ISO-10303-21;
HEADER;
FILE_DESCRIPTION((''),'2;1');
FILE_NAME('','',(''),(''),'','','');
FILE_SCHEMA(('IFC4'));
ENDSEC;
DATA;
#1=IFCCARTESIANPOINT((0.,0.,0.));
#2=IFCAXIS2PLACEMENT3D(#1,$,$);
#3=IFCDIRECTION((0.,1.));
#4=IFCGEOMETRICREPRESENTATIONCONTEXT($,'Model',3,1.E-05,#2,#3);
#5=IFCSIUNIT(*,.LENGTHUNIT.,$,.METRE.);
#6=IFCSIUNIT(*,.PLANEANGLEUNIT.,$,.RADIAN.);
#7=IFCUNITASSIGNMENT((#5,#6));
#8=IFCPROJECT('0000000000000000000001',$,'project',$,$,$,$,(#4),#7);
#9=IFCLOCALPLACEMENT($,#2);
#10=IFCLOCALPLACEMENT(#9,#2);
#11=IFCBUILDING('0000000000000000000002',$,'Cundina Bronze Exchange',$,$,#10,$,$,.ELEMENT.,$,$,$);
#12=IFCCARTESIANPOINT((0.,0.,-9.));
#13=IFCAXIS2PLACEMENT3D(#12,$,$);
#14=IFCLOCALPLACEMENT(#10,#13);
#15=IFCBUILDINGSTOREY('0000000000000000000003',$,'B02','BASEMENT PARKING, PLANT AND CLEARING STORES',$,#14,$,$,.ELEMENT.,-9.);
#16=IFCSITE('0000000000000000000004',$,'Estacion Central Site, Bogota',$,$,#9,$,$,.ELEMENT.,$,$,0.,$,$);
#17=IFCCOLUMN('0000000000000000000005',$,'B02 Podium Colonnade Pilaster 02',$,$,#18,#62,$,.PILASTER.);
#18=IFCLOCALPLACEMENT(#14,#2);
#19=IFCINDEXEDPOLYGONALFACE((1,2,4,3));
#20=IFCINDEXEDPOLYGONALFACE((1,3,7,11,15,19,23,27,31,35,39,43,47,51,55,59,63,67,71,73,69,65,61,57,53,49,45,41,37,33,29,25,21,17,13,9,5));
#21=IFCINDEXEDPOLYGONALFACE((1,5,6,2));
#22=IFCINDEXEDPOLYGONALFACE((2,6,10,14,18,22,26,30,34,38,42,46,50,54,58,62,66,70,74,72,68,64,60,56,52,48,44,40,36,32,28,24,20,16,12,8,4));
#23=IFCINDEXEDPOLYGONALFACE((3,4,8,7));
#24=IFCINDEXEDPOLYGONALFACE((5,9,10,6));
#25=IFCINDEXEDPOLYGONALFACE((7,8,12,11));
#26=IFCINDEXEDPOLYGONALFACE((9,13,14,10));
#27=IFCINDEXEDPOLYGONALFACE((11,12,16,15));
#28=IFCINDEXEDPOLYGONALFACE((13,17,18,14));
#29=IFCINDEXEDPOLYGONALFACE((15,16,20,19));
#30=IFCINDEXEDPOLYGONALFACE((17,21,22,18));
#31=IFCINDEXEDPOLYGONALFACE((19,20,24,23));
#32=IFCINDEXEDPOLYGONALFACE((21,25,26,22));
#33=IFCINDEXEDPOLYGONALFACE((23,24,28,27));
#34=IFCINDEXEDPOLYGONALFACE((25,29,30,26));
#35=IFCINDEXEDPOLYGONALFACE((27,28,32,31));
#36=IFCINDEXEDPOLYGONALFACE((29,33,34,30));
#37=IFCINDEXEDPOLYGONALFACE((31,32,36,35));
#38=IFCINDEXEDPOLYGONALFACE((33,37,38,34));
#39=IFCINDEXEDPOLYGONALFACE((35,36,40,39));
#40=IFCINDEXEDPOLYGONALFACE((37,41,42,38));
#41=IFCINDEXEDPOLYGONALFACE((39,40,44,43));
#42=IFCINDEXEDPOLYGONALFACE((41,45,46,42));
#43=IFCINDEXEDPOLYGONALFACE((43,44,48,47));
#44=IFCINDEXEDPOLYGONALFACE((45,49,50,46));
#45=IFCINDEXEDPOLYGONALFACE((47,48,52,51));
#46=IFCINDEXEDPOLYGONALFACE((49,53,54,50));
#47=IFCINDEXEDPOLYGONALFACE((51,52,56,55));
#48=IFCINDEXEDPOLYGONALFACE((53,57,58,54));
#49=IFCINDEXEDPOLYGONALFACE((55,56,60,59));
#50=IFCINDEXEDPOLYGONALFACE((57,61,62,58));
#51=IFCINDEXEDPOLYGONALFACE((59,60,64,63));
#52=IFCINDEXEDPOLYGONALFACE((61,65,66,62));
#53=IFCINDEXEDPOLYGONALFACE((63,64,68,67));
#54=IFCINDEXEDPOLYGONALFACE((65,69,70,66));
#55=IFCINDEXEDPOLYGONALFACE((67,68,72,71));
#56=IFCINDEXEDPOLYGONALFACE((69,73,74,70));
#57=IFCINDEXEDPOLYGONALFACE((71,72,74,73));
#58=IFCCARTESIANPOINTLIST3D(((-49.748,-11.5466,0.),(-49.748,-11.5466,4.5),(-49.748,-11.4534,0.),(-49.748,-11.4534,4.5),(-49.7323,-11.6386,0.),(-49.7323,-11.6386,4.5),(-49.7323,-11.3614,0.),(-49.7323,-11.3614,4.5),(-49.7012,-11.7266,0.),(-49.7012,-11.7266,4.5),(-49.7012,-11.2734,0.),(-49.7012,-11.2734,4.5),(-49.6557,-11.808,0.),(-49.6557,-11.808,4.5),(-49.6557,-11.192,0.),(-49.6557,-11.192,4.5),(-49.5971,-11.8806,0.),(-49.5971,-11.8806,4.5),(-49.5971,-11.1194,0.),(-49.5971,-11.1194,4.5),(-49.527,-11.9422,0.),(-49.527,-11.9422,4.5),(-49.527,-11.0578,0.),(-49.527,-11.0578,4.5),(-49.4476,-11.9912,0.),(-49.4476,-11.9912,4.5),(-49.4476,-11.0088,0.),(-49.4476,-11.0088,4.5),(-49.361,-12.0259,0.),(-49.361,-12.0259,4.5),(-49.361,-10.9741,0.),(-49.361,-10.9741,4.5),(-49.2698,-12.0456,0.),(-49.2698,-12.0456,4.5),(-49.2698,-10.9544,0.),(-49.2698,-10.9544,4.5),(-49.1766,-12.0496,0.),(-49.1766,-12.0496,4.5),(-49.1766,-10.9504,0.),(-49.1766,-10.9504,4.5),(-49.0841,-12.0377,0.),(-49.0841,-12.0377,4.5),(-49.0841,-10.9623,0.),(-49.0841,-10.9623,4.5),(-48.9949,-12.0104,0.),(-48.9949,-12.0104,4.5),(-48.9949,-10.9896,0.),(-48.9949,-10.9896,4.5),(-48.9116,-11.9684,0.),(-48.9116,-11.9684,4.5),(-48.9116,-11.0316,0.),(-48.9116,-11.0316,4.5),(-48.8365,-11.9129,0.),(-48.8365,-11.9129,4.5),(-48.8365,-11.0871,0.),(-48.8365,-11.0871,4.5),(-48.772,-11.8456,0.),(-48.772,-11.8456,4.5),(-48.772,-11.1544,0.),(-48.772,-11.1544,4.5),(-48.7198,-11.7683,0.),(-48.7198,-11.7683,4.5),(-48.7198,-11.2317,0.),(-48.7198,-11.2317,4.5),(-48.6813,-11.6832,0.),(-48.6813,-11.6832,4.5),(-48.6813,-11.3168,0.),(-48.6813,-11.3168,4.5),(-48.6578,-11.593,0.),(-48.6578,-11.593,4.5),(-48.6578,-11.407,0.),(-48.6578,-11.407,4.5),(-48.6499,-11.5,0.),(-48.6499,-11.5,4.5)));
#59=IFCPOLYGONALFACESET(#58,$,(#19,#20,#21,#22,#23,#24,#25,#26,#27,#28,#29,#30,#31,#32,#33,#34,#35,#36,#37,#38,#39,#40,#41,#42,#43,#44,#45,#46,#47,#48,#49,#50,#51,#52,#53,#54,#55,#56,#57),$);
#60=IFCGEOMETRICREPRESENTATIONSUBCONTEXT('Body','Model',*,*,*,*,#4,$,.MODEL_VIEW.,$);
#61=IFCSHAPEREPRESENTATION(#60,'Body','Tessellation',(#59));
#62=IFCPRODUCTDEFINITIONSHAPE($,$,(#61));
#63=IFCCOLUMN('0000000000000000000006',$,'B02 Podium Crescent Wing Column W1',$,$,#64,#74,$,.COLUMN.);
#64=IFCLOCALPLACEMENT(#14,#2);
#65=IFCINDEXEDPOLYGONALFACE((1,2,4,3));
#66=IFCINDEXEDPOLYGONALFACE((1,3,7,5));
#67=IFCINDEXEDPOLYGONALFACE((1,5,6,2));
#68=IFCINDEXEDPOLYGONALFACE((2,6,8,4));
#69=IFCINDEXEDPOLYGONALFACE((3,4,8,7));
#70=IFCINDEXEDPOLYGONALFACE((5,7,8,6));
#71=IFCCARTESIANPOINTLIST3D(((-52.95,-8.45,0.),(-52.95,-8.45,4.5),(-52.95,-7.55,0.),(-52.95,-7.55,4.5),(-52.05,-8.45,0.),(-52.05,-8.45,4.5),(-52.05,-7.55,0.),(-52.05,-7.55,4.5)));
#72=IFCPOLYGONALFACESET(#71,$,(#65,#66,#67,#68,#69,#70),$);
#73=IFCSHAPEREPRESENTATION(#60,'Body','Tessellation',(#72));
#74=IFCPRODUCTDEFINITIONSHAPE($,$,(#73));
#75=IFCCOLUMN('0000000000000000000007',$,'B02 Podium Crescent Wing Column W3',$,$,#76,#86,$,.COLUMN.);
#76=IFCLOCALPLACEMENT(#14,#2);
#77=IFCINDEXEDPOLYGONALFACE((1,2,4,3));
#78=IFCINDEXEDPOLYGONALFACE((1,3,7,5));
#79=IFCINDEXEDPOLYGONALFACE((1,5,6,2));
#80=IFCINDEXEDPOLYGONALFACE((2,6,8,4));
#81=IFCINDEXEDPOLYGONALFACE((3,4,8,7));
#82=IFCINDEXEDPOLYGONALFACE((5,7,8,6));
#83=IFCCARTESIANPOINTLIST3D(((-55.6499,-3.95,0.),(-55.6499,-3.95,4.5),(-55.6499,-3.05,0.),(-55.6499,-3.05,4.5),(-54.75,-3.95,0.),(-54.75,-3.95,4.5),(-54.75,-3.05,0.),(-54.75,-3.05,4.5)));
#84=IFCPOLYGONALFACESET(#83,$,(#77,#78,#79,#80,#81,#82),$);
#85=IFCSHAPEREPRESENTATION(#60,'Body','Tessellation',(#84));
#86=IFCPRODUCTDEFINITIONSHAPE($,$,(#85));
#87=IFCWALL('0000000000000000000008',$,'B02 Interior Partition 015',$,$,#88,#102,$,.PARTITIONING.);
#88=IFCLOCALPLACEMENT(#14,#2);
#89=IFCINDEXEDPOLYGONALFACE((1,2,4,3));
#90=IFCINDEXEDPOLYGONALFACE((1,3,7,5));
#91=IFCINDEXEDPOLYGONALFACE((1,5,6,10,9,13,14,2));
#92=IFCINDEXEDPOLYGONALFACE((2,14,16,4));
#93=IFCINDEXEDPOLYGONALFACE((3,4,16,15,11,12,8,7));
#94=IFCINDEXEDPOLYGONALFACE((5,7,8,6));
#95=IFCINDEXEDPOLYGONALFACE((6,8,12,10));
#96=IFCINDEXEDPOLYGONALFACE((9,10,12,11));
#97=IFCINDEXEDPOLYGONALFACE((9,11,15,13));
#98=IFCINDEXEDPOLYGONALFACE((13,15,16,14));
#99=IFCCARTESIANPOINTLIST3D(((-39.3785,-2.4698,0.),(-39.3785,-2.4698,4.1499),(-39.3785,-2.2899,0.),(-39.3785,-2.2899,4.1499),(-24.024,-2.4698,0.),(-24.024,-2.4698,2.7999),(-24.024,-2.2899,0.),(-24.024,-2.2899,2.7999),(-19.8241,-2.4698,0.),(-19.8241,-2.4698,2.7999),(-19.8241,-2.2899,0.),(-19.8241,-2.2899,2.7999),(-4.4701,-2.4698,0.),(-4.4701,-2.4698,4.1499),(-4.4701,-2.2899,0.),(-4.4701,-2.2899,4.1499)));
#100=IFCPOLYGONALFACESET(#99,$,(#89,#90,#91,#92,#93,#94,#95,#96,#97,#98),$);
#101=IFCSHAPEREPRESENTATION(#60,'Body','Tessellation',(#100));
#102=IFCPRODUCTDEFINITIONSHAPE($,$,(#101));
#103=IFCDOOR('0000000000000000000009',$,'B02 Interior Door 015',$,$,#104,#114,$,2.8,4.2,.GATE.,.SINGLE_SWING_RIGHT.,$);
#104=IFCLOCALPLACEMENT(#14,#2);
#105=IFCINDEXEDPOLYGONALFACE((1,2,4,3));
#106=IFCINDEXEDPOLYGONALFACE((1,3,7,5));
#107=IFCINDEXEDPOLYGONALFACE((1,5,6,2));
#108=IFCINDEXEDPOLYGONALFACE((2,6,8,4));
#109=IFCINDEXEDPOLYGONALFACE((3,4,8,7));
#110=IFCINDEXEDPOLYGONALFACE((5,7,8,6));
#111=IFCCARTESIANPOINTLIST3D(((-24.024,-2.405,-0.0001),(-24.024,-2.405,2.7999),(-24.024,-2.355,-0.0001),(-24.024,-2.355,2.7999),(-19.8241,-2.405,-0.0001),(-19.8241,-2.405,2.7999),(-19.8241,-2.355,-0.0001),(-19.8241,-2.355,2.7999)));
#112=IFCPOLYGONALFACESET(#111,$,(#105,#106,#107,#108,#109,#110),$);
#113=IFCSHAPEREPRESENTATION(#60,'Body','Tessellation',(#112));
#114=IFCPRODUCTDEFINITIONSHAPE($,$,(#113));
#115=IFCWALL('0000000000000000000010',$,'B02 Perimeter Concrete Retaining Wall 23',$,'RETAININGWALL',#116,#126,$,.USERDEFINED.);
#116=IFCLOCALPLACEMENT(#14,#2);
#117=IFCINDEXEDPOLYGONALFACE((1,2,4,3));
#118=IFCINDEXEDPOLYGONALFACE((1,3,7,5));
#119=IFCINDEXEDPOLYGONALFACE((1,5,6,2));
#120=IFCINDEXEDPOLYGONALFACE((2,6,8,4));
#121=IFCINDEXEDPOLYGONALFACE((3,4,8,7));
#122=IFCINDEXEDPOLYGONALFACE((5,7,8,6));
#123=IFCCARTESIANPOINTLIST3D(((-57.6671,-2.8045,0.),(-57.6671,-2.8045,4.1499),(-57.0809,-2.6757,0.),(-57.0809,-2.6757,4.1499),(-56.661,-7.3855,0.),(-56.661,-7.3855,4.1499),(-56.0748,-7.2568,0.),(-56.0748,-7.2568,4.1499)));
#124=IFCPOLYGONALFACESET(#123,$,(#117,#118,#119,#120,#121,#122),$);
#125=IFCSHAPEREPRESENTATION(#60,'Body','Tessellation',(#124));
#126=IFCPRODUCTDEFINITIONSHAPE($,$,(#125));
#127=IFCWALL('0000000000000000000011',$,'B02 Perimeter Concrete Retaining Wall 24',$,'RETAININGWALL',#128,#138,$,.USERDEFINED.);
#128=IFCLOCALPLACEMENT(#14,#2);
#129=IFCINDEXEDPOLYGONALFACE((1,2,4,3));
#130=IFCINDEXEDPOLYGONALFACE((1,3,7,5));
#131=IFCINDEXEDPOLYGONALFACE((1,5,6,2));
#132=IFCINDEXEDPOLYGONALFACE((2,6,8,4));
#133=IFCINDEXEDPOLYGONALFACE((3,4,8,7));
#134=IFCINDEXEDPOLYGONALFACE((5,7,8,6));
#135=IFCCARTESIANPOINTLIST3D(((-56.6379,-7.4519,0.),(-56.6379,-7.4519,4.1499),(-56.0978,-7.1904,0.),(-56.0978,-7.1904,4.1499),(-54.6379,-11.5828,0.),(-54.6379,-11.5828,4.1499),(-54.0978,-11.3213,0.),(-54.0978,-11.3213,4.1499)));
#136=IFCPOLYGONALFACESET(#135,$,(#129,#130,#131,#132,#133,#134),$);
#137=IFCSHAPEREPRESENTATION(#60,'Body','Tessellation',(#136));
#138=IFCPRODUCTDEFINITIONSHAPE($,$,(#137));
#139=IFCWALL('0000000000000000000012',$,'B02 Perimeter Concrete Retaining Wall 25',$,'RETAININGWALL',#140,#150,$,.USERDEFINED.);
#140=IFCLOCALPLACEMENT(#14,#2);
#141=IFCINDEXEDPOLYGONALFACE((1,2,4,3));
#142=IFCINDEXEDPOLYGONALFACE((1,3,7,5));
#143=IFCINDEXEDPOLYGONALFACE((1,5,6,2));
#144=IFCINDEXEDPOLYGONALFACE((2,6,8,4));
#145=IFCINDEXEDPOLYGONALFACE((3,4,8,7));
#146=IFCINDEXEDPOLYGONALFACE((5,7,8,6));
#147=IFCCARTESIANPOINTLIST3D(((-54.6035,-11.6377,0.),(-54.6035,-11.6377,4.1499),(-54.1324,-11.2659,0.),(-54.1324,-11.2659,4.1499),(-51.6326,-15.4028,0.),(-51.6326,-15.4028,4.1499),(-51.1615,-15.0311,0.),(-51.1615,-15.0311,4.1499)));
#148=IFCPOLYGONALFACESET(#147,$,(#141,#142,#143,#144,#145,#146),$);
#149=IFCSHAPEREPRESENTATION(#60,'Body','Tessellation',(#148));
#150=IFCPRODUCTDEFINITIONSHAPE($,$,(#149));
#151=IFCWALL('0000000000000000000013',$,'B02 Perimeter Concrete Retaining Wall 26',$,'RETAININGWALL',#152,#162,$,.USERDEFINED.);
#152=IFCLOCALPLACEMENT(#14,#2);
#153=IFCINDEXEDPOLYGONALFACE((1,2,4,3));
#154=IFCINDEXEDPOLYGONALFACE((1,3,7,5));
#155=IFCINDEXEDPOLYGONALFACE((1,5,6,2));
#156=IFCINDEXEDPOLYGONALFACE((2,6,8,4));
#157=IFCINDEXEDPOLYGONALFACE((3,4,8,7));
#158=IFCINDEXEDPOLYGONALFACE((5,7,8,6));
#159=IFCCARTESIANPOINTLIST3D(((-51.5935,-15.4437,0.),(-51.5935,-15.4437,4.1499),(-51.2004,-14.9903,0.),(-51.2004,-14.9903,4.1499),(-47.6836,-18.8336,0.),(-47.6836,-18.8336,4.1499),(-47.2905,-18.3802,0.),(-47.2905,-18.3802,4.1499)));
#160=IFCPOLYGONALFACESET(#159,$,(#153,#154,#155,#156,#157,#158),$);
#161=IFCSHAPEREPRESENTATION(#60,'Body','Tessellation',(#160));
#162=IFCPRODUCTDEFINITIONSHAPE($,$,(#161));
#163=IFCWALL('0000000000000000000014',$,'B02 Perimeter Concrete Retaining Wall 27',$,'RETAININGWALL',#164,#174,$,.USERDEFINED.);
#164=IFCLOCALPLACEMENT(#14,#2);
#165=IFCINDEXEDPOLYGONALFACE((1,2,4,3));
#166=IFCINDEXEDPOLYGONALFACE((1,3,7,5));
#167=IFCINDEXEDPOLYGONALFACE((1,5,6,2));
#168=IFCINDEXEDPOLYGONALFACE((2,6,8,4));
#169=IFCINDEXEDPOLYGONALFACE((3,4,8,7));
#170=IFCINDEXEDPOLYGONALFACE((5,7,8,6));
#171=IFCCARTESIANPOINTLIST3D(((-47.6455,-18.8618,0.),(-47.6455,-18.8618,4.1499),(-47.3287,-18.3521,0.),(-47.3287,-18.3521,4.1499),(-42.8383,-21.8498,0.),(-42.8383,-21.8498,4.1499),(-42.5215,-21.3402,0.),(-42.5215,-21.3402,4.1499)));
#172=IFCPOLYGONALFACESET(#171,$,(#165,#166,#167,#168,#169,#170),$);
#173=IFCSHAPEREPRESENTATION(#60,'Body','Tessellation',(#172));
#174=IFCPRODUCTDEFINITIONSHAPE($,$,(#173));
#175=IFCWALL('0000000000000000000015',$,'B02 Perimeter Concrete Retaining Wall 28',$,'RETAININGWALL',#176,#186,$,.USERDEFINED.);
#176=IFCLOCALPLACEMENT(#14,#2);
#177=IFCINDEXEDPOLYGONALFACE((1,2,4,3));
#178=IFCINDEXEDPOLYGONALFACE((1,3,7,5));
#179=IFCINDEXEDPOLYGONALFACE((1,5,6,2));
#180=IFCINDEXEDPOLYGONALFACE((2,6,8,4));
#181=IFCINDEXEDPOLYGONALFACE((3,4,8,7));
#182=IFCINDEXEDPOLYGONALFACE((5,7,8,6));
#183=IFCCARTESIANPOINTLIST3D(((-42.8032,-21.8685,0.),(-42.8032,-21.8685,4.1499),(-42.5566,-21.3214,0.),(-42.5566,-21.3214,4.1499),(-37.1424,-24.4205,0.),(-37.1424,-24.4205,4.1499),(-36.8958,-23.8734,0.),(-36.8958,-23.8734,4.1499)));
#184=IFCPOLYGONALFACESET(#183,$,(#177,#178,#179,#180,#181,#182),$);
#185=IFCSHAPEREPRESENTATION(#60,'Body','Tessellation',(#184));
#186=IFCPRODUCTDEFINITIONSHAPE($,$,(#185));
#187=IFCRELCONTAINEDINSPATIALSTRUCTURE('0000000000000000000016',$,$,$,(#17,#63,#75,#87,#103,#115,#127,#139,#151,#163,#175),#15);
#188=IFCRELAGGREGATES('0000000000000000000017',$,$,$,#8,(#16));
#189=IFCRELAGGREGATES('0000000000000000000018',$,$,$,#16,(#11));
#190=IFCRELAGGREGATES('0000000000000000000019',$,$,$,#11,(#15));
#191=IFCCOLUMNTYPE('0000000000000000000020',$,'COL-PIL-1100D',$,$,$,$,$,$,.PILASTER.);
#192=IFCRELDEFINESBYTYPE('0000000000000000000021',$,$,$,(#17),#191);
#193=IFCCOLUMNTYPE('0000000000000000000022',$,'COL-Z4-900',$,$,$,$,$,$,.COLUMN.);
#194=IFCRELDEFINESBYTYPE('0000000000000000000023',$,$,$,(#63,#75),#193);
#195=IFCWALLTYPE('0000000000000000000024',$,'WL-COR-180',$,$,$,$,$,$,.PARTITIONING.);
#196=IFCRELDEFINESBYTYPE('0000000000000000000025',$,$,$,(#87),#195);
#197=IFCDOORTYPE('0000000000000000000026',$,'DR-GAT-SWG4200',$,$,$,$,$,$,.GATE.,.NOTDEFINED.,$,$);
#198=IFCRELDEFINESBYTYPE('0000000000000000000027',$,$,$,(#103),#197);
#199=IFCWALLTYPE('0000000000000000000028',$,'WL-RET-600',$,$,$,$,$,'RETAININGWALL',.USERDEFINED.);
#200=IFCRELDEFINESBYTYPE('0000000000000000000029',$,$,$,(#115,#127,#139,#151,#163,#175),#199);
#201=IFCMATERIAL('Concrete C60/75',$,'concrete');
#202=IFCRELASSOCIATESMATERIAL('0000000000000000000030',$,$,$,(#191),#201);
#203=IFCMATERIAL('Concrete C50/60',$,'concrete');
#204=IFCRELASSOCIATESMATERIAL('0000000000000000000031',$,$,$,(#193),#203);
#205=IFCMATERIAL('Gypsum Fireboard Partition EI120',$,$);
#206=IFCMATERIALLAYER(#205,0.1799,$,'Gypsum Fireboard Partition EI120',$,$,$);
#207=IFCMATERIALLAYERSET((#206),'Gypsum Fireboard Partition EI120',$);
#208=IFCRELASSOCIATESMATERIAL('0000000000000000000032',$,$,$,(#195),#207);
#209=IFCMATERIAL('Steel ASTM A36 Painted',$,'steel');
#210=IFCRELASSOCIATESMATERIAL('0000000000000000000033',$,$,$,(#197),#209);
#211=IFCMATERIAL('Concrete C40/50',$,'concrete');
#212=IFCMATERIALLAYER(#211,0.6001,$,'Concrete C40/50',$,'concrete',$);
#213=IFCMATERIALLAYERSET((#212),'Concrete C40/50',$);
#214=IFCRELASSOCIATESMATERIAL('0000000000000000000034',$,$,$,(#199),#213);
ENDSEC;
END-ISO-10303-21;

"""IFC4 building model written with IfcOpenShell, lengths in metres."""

from ifc_helpers import new_model, si_unit, direction, frame, frame_2d, origin, origin_2d, place, context, subcontext, project, spatial, rectangle, circle, extrude, material, layer, layer_set, material_profile, profile_set, type_object, element, fill, save


model = new_model("IFC4")

# Units and contexts
model_context = context("Model", 3, precision=1e-05, world=origin(), true_north=direction((0.0, 1.0)))
body_context = subcontext(model_context, "Body", "Model", "MODEL_VIEW")
ifc_project = project(units=[si_unit("LENGTHUNIT", "METRE"), si_unit("PLANEANGLEUNIT", "RADIAN")], contexts=[model_context])

# Site, building, storey
site_placement = place(None, origin())
site = spatial("IfcSite", under=ifc_project, at=site_placement, Name="Estacion Central Site, Bogota", CompositionType="ELEMENT", RefElevation=0.0)
building_placement = place(site_placement, origin())
building = spatial("IfcBuilding", under=site, at=building_placement, Name="Cundina Bronze Exchange", CompositionType="ELEMENT")
storey_placement = place(building_placement, frame((0.0, 0.0, -9.0)))
storey = spatial("IfcBuildingStorey", under=building, at=storey_placement, Name="B02", Description="BASEMENT PARKING, PLANT AND CLEARING STORES", CompositionType="ELEMENT", Elevation=-9.0)

# Shared definitions
ifc_material_1 = material(Name="Concrete C40/50", Category="concrete")

# Columns
ifc_material_2 = material(Name="Concrete C60/75", Category="concrete")
ifc_material_profile_1 = material_profile(ifc_material_2, circle(Radius=0.55, at=origin_2d()), Name="RC1100D", Category="concrete")
ifc_profile_set_1 = profile_set([ifc_material_profile_1], Name="Concrete C60/75")
column_type_1 = type_object("IfcColumnType", Name="COL-PIL-1100D", PredefinedType="PILASTER", material=ifc_profile_set_1)
column_placement = place(storey_placement, frame((-49.2, -11.5, 0.0), z_axis=(0.0, 0.0, 1.0), x_axis=(1.0, 0.0, 0.0)))
element("IfcColumn", 1, at=column_placement, inside=storey, type_object=column_type_1, Name="B02 Podium Colonnade Pilaster 02", PredefinedType="PILASTER", context=body_context, shape_type="SweptSolid", body=[
    extrude(circle(Radius=0.55, at=origin_2d()), origin(), (0.0, 0.0, 1.0), 4.5),
])
ifc_material_3 = material(Name="Concrete C50/60", Category="concrete")
ifc_material_profile_2 = material_profile(ifc_material_3, rectangle(XDim=0.8999, YDim=0.8999, at=origin_2d()), Name="RC900X900", Category="concrete")
ifc_profile_set_2 = profile_set([ifc_material_profile_2], Name="Concrete C50/60")
column_type_2 = type_object("IfcColumnType", Name="COL-Z4-900", PredefinedType="COLUMN", material=ifc_profile_set_2)
for number, where, z_axis, x_axis, name in (
    (2, (-52.5, -8.0, 0.0), (0.0, 0.0, 1.0), (1.0, 0.0, 0.0), "B02 Podium Crescent Wing Column W1"),
    (3, (-55.2, -3.5, 0.0), (0.0, 0.0, 1.0), (1.0, 0.0, 0.0), "B02 Podium Crescent Wing Column W3"),
):
    element("IfcColumn", number, at=place(storey_placement, frame(where, z_axis=z_axis, x_axis=x_axis)), inside=storey, type_object=column_type_2, Name=name, PredefinedType="COLUMN", context=body_context, shape_type="SweptSolid", body=[
        extrude(rectangle(XDim=0.8999, YDim=0.8999, at=origin_2d()), origin(), (0.0, 0.0, 1.0), 4.5),
    ])

# Wall, opening, door
ifc_material_4 = material(Name="Gypsum Fireboard Partition EI120")
ifc_layer_1 = layer(ifc_material_4, 0.1799, Name="Gypsum Fireboard Partition EI120")
ifc_layer_set_1 = layer_set([ifc_layer_1], Name="Gypsum Fireboard Partition EI120")
wall_type_1 = type_object("IfcWallType", Name="WL-COR-180", PredefinedType="PARTITIONING", material=ifc_layer_set_1)
wall_1_placement = place(storey_placement, frame((-39.3784, -2.3799, 0.0), z_axis=(0.0, 0.0, 1.0), x_axis=(1.0, 0.0, 0.0)))
wall_1 = element("IfcWall", 4, at=wall_1_placement, inside=storey, type_object=wall_type_1, Name="B02 Interior Partition 015", PredefinedType="PARTITIONING", context=body_context, shape_type="SweptSolid", body=[
    extrude(rectangle(XDim=34.9084, YDim=0.1799, at=frame_2d((17.4541, 0.0))), origin(), (0.0, 0.0, 1.0), 4.1499),
])
opening_placement = place(wall_1_placement, frame((15.3542, 0.0, 0.0)))
opening = element("IfcOpeningElement", 5, at=opening_placement, cuts=wall_1, PredefinedType="OPENING", context=body_context, shape_type="SweptSolid", body=[
    extrude(rectangle(XDim=4.2, YDim=2.8, at=frame_2d((2.1001, 1.3999))), frame((0.0, 0.0999, 0.0), z_axis=(0.0, -1.0, 0.0), x_axis=(1.0, 0.0, 0.0)), (0.0, 0.0, 1.0), 0.2),
])
ifc_material_5 = material(Name="Steel ASTM A36 Painted", Category="steel")
door_type = type_object("IfcDoorType", Name="DR-GAT-SWG4200", OperationType="NOTDEFINED", PredefinedType="GATE", material=ifc_material_5)
door_placement = place(opening_placement, origin())
door = element("IfcDoor", 6, at=door_placement, inside=storey, type_object=door_type, Name="B02 Interior Door 015", OperationType="SINGLE_SWING_RIGHT", OverallHeight=2.8, OverallWidth=4.2, PredefinedType="GATE", context=body_context, shape_type="SweptSolid", body=[
    extrude(rectangle(XDim=4.2, YDim=2.8, at=frame_2d((2.1001, 1.3999))), frame((0.0, 0.0249, 0.0), z_axis=(0.0, -1.0, 0.0), x_axis=(1.0, 0.0, 0.0)), (0.0, 0.0, 1.0), 0.05),
])
fill(opening, door)

# Walls
ifc_layer_2 = layer(ifc_material_1, 0.6001, Name="Concrete C40/50", Category="concrete")
ifc_layer_set_2 = layer_set([ifc_layer_2], Name="Concrete C40/50")
wall_type_2 = type_object("IfcWallType", Name="WL-RET-600", ElementType="RETAININGWALL", PredefinedType="USERDEFINED", material=ifc_layer_set_2)
wall_2_placement = place(storey_placement, frame((-57.374, -2.74, 0.0), z_axis=(0.0, 0.0, 1.0), x_axis=(0.21451, -0.976722, 0.0)))
element("IfcWall", 7, at=wall_2_placement, inside=storey, type_object=wall_type_2, Name="B02 Perimeter Concrete Retaining Wall 23", ObjectType="RETAININGWALL", PredefinedType="USERDEFINED", context=body_context, shape_type="SweptSolid", body=[
    extrude(rectangle(XDim=4.6902, YDim=0.6001, at=frame_2d((2.3452, 0.0))), origin(), (0.0, 0.0, 1.0), 4.1499),
])
wall_3_placement = place(storey_placement, frame((-56.3679, -7.321, 0.0), z_axis=(0.0, 0.0, 1.0), x_axis=(0.435772, -0.900057, 0.0)))
element("IfcWall", 8, at=wall_3_placement, inside=storey, type_object=wall_type_2, Name="B02 Perimeter Concrete Retaining Wall 24", ObjectType="RETAININGWALL", PredefinedType="USERDEFINED", context=body_context, shape_type="SweptSolid", body=[
    extrude(rectangle(XDim=4.5896, YDim=0.6001, at=frame_2d((2.2949, 0.0))), origin(), (0.0, 0.0, 1.0), 4.1499),
])
wall_4_placement = place(storey_placement, frame((-54.3679, -11.4519, 0.0), z_axis=(0.0, 0.0, 1.0), x_axis=(0.619448, -0.785038, 0.0)))
element("IfcWall", 9, at=wall_4_placement, inside=storey, type_object=wall_type_2, Name="B02 Perimeter Concrete Retaining Wall 25", ObjectType="RETAININGWALL", PredefinedType="USERDEFINED", context=body_context, shape_type="SweptSolid", body=[
    extrude(rectangle(XDim=4.7961, YDim=0.6001, at=frame_2d((2.3979, 0.0))), origin(), (0.0, 0.0, 1.0), 4.1499),
])
wall_5_placement = place(storey_placement, frame((-51.397, -15.217, 0.0), z_axis=(0.0, 0.0, 1.0), x_axis=(0.755565, -0.655074, 0.0)))
element("IfcWall", 10, at=wall_5_placement, inside=storey, type_object=wall_type_2, Name="B02 Perimeter Concrete Retaining Wall 26", ObjectType="RETAININGWALL", PredefinedType="USERDEFINED", context=body_context, shape_type="SweptSolid", body=[
    extrude(rectangle(XDim=5.1748, YDim=0.6001, at=frame_2d((2.5874, 0.0))), origin(), (0.0, 0.0, 1.0), 4.1499),
])
wall_6_placement = place(storey_placement, frame((-47.4871, -18.6069, 0.0), z_axis=(0.0, 0.0, 1.0), x_axis=(0.849299, -0.527911, 0.0)))
element("IfcWall", 11, at=wall_6_placement, inside=storey, type_object=wall_type_2, Name="B02 Perimeter Concrete Retaining Wall 27", ObjectType="RETAININGWALL", PredefinedType="USERDEFINED", context=body_context, shape_type="SweptSolid", body=[
    extrude(rectangle(XDim=5.6602, YDim=0.6001, at=frame_2d((2.8301, 0.0))), origin(), (0.0, 0.0, 1.0), 4.1499),
])
wall_7_placement = place(storey_placement, frame((-42.6799, -21.595, 0.0), z_axis=(0.0, 0.0, 1.0), x_axis=(0.911644, -0.410981, 0.0)))
element("IfcWall", 12, at=wall_7_placement, inside=storey, type_object=wall_type_2, Name="B02 Perimeter Concrete Retaining Wall 28", ObjectType="RETAININGWALL", PredefinedType="USERDEFINED", context=body_context, shape_type="SweptSolid", body=[
    extrude(rectangle(XDim=6.2095, YDim=0.6001, at=frame_2d((3.1047, 0.0))), origin(), (0.0, 0.0, 1.0), 4.1499),
])

save(model, "model.ifc")
